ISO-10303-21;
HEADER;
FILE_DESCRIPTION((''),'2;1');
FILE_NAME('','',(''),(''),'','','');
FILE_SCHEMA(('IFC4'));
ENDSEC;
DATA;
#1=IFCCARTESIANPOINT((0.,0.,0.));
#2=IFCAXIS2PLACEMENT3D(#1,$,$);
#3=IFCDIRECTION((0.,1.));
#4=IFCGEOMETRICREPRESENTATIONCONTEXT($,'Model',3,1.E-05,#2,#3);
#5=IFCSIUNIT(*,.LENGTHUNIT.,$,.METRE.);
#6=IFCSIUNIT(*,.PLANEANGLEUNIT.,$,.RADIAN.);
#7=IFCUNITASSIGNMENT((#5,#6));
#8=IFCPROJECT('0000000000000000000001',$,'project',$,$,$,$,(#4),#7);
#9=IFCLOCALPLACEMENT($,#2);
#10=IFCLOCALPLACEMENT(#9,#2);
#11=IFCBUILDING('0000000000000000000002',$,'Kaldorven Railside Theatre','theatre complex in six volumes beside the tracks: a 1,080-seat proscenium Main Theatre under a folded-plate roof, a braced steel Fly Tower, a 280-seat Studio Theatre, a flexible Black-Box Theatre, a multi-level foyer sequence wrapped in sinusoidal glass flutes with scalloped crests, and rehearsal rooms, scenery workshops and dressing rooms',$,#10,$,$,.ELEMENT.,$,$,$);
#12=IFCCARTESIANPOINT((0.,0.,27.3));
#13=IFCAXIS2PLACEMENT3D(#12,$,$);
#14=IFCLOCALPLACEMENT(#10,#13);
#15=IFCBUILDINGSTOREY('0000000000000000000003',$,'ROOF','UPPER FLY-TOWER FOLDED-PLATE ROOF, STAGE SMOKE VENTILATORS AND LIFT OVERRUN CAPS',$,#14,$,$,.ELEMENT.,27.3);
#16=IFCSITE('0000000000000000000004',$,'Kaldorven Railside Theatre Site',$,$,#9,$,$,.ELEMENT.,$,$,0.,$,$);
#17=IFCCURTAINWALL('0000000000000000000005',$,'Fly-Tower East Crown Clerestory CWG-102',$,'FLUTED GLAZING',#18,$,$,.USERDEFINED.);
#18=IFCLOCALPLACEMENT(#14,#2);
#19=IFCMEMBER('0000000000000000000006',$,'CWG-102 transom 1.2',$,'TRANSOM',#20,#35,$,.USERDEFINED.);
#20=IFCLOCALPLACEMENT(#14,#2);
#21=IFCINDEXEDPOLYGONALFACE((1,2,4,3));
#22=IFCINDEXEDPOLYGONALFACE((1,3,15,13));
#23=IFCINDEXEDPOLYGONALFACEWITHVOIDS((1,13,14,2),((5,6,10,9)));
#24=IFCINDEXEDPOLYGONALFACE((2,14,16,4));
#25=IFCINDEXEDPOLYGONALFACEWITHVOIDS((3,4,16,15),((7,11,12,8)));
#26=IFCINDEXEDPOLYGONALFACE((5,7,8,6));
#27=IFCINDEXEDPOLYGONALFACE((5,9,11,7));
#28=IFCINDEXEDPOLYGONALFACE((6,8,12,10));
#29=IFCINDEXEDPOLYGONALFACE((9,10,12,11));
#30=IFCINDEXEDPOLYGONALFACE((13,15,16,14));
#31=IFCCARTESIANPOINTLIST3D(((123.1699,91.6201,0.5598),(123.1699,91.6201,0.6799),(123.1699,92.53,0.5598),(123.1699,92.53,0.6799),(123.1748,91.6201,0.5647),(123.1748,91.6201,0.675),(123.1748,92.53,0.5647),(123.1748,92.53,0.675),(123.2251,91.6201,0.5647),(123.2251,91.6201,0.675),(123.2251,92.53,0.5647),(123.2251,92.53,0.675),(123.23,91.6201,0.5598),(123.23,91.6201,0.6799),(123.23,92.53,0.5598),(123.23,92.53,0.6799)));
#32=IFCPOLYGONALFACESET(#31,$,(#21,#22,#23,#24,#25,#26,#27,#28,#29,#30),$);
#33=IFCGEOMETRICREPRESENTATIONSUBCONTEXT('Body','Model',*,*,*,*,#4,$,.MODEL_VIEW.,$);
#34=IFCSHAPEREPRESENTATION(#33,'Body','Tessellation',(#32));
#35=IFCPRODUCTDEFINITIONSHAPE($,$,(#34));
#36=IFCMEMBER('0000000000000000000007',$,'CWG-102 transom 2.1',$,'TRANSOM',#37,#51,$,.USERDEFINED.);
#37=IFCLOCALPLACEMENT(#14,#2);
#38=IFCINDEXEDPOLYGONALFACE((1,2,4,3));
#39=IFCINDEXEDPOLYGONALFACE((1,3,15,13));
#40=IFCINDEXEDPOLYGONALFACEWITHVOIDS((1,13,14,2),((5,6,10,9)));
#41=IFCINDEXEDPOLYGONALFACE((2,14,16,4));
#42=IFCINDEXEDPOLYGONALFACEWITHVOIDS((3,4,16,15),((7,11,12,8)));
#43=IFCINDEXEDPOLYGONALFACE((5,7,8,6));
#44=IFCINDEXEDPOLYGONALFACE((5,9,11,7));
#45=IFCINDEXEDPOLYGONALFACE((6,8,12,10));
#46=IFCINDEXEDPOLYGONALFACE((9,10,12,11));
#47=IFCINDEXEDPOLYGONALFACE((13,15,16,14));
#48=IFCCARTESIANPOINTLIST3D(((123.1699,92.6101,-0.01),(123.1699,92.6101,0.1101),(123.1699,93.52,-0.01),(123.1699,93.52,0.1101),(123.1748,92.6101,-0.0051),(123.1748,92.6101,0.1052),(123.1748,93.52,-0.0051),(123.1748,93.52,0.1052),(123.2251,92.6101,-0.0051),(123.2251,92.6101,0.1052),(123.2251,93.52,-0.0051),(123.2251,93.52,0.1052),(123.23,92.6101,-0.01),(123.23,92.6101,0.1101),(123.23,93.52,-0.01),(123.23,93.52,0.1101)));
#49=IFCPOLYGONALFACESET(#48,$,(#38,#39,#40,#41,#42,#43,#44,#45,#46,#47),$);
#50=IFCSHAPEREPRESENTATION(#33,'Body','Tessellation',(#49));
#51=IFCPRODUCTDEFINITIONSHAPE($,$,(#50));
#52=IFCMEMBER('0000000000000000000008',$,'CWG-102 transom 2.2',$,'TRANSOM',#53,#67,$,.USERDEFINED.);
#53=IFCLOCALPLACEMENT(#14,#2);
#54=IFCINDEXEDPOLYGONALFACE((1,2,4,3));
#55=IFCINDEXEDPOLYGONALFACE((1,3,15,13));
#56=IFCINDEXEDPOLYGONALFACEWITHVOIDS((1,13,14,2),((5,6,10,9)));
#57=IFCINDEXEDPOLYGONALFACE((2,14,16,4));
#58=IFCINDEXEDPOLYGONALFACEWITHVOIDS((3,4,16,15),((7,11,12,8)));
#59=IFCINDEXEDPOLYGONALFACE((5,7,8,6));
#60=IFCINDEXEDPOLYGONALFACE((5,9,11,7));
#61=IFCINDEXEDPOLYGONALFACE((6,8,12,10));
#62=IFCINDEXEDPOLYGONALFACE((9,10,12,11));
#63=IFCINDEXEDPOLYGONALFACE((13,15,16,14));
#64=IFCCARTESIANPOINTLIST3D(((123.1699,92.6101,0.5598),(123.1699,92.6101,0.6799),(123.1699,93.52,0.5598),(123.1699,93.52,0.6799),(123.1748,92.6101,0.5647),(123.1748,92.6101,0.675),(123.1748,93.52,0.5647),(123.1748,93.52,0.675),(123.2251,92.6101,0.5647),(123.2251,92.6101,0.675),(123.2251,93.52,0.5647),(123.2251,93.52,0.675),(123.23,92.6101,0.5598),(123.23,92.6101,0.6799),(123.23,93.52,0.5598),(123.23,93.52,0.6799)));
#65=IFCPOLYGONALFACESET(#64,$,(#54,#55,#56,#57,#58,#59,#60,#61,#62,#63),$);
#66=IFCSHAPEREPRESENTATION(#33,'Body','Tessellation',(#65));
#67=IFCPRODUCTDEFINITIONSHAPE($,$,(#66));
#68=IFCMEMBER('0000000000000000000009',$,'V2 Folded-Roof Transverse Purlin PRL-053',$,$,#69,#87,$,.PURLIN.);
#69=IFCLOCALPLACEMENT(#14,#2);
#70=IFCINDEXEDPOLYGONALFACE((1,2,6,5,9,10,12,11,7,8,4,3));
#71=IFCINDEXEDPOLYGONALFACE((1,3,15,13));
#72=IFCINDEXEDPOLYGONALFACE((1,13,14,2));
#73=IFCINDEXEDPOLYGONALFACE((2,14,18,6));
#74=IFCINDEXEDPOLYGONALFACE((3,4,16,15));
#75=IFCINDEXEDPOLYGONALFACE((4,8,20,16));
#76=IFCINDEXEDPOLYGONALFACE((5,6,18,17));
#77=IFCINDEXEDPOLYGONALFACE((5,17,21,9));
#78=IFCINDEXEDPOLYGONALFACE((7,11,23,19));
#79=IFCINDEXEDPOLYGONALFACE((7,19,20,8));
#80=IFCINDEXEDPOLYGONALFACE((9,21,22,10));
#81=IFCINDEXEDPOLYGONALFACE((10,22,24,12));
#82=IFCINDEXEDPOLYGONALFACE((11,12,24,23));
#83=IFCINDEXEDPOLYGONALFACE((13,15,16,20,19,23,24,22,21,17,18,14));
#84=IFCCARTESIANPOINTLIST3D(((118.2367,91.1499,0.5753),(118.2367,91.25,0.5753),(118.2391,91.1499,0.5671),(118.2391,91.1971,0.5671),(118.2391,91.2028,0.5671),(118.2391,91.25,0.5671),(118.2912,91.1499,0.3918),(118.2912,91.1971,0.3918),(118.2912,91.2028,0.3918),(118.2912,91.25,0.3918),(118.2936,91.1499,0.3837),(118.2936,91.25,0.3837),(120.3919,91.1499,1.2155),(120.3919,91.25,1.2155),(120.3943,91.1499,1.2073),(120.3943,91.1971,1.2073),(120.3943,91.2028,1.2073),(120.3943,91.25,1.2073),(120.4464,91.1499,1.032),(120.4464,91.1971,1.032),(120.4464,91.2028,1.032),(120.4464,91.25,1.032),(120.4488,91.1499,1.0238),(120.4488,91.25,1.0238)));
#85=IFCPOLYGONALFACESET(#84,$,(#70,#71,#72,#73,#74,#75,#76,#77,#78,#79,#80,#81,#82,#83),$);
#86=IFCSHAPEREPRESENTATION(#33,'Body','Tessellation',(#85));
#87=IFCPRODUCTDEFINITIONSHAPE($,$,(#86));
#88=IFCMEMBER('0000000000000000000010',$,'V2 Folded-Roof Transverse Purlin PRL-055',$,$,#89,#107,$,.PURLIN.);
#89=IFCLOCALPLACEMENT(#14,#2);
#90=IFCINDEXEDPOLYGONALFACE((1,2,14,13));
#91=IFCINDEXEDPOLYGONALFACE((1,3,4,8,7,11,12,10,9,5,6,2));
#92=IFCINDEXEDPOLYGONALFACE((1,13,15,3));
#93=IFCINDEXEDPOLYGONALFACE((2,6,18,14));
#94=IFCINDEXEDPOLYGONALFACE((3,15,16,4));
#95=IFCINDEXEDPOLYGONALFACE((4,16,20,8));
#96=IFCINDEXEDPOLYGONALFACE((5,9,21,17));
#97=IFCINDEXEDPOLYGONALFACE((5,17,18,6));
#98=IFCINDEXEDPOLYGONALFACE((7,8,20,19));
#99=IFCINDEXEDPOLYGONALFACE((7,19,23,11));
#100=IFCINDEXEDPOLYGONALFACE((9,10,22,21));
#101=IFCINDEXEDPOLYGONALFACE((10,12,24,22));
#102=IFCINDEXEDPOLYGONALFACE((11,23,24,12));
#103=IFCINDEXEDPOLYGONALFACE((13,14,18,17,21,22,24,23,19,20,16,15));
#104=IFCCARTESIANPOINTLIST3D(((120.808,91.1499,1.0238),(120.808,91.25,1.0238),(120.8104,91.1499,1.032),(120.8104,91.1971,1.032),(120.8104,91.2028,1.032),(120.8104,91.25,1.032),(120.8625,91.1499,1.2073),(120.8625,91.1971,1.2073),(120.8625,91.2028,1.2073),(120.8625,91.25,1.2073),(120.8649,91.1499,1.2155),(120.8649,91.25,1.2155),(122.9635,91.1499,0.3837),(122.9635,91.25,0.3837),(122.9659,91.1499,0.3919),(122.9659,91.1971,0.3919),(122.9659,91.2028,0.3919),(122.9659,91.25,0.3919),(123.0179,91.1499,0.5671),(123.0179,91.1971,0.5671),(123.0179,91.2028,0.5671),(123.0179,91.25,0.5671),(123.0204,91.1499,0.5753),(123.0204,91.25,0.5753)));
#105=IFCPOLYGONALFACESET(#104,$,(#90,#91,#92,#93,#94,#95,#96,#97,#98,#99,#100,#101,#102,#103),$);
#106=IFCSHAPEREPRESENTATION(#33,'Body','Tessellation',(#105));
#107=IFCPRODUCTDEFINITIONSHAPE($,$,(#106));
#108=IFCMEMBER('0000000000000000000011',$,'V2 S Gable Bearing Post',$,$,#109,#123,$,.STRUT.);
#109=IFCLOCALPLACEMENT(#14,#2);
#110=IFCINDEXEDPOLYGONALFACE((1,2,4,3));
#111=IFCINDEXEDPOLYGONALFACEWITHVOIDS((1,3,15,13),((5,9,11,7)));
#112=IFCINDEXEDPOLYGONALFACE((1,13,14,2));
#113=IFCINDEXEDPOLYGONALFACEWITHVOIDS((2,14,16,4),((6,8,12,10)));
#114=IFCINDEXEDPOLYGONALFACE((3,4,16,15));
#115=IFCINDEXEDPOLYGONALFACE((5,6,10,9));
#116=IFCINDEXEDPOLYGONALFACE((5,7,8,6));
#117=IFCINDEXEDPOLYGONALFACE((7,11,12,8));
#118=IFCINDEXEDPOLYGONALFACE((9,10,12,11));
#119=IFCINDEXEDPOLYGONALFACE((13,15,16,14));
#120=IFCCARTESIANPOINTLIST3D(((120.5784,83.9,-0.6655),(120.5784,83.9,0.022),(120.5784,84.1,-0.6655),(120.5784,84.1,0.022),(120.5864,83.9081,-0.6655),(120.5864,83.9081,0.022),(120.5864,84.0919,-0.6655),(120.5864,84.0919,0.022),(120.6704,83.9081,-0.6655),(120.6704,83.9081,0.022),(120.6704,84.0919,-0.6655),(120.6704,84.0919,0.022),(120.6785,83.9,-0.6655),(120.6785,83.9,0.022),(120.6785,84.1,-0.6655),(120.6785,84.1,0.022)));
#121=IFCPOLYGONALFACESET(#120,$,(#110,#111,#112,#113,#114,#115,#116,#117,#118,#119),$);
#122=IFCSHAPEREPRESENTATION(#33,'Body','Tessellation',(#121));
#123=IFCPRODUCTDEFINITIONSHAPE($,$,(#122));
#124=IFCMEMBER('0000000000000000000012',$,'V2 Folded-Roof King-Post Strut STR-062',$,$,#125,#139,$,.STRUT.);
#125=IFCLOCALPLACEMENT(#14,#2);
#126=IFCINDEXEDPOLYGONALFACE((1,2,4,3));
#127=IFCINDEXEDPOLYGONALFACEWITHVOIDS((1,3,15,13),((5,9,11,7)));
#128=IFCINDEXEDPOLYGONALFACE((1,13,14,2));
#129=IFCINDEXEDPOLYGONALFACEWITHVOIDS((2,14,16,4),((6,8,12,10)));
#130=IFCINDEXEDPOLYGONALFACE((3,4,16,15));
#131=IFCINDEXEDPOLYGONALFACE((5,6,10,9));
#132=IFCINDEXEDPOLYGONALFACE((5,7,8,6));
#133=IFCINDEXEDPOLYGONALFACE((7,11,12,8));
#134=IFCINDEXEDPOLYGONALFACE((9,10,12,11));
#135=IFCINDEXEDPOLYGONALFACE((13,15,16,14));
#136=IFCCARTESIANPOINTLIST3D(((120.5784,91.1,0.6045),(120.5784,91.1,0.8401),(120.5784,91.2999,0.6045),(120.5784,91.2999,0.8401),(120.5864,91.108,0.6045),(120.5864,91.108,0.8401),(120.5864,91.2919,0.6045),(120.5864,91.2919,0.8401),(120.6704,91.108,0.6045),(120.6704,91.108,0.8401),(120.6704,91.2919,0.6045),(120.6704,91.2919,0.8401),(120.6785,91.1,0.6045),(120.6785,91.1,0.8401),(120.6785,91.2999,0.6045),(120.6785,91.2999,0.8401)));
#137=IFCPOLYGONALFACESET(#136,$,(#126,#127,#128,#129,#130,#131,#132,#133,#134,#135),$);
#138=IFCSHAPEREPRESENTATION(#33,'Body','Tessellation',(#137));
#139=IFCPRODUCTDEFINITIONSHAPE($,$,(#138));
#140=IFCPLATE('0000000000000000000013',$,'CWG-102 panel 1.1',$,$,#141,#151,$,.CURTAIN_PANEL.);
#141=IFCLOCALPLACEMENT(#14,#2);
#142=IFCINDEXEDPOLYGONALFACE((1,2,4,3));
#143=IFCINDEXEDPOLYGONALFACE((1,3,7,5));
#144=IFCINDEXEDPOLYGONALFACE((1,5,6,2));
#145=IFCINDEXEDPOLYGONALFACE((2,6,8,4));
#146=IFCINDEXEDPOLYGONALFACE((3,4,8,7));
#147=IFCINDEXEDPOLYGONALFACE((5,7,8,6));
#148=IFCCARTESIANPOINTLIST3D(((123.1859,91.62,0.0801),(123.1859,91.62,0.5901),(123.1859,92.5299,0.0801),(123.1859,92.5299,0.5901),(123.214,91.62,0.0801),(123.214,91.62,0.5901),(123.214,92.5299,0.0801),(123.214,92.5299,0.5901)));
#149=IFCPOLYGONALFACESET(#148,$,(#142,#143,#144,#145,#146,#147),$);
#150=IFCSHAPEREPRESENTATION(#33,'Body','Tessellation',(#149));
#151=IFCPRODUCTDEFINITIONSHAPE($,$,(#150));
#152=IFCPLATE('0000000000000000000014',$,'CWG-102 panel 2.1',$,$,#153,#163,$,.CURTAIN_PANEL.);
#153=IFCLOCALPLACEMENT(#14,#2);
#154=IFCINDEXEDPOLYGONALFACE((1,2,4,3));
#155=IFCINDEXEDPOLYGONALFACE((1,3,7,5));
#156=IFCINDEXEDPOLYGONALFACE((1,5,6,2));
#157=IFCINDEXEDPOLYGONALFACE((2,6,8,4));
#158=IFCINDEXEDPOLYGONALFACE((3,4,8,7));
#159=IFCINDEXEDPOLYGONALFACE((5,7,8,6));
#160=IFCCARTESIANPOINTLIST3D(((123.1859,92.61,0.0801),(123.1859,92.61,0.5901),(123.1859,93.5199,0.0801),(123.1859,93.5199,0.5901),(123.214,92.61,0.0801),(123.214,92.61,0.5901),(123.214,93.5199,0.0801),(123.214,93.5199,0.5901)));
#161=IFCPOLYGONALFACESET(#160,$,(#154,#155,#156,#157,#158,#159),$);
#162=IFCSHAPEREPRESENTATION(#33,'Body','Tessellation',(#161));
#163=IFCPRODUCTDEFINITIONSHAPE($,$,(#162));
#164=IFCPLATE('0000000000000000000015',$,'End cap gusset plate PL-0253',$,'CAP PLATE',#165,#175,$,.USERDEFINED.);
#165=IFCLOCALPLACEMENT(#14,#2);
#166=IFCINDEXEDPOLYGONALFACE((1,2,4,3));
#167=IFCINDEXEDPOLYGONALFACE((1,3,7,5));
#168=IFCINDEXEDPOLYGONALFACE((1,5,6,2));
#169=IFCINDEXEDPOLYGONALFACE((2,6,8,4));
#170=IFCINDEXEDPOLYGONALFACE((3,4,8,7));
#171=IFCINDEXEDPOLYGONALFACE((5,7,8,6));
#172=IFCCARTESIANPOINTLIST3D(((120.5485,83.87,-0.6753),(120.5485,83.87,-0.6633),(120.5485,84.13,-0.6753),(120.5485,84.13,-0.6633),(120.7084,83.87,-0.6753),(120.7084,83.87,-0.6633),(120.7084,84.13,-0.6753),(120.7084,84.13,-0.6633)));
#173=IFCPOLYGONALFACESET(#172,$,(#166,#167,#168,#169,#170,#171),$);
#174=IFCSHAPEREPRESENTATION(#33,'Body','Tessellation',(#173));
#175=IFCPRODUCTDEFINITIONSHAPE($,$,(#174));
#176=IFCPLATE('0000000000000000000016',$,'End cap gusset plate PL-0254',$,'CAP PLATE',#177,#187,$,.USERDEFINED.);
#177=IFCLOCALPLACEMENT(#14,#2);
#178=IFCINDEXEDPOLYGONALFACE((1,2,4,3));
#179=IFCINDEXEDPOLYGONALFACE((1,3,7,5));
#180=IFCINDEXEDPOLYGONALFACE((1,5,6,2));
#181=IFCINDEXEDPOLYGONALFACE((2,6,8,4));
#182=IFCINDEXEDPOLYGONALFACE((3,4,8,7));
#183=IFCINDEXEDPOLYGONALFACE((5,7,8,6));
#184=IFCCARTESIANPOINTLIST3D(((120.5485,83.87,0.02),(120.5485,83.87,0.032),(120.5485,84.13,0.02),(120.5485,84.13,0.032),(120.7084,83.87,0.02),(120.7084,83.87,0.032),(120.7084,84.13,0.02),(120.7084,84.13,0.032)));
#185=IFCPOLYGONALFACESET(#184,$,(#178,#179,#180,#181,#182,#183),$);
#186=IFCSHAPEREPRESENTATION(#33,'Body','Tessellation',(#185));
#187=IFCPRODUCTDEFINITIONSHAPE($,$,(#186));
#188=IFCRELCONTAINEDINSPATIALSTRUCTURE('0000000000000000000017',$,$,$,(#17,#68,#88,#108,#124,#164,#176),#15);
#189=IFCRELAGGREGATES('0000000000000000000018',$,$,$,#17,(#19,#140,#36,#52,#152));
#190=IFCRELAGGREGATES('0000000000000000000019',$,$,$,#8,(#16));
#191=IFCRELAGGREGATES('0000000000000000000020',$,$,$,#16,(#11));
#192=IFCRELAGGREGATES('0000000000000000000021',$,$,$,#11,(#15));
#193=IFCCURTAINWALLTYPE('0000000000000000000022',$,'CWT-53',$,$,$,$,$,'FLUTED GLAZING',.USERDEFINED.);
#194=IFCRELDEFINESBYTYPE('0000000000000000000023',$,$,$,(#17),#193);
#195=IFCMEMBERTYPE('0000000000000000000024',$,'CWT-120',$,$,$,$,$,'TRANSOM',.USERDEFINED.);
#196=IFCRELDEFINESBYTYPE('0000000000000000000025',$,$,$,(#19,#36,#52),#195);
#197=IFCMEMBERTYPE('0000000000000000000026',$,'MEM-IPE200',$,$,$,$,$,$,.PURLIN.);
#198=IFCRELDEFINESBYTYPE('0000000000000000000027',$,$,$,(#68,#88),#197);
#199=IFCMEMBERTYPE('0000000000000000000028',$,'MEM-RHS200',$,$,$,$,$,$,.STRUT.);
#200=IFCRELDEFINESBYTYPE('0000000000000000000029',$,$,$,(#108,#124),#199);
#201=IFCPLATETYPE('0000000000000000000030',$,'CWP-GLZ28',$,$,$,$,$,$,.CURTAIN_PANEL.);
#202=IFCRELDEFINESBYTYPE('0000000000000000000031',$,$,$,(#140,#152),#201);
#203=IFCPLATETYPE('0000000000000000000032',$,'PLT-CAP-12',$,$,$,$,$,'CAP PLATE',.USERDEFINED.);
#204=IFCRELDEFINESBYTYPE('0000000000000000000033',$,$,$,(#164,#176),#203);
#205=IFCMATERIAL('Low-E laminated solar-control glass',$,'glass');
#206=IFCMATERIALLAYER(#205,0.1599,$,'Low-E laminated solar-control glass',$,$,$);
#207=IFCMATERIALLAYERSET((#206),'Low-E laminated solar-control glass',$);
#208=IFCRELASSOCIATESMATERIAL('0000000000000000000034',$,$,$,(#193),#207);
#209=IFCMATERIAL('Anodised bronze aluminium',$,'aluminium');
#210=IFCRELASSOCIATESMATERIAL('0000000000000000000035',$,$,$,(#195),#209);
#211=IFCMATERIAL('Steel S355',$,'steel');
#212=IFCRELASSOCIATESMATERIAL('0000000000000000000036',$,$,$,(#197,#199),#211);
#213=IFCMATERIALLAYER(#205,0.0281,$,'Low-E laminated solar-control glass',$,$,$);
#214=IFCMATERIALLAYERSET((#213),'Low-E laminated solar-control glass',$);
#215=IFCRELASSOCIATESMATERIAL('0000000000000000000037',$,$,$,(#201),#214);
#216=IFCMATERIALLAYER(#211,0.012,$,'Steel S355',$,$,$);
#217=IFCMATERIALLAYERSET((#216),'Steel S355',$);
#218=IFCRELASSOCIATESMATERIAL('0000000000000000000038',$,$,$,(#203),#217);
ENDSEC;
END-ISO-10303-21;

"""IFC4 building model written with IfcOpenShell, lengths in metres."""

from ifc_helpers import new_model, si_unit, direction, frame, origin, origin_2d, place, context, subcontext, project, spatial, rectangle, hollow_rectangle, i_section, extrude, material, layer, layer_set, material_profile, profile_set, type_object, element, aggregate, save


model = new_model("IFC4")

# Units and contexts
model_context = context("Model", 3, precision=1e-05, world=origin(), true_north=direction((0.0, 1.0)))
body_context = subcontext(model_context, "Body", "Model", "MODEL_VIEW")
ifc_project = project(units=[si_unit("LENGTHUNIT", "METRE"), si_unit("PLANEANGLEUNIT", "RADIAN")], contexts=[model_context])

# Site, building, storey
site_placement = place(None, origin())
site = spatial("IfcSite", under=ifc_project, at=site_placement, Name="Kaldorven Railside Theatre Site", CompositionType="ELEMENT", RefElevation=0.0)
building_placement = place(site_placement, origin())
building = spatial("IfcBuilding", under=site, at=building_placement, Name="Kaldorven Railside Theatre", Description="theatre complex in six volumes beside the tracks: a 1,080-seat proscenium Main Theatre under a folded-plate roof, a braced steel Fly Tower, a 280-seat Studio Theatre, a flexible Black-Box Theatre, a multi-level foyer sequence wrapped in sinusoidal glass flutes with scalloped crests, and rehearsal rooms, scenery workshops and dressing rooms", CompositionType="ELEMENT")
storey_placement = place(building_placement, frame((0.0, 0.0, 27.3)))
storey = spatial("IfcBuildingStorey", under=building, at=storey_placement, Name="ROOF", Description="UPPER FLY-TOWER FOLDED-PLATE ROOF, STAGE SMOKE VENTILATORS AND LIFT OVERRUN CAPS", CompositionType="ELEMENT", Elevation=27.3)

# Shared definitions
ifc_material_1 = material(Name="Steel S355", Category="steel")

# Curtain wall
ifc_material_2 = material(Name="Low-E laminated solar-control glass", Category="glass")
ifc_layer_1 = layer(ifc_material_2, 0.1599, Name="Low-E laminated solar-control glass")
ifc_layer_set_1 = layer_set([ifc_layer_1], Name="Low-E laminated solar-control glass")
curtain_wall_type_1 = type_object("IfcCurtainWallType", Name="CWT-53", ElementType="FLUTED GLAZING", PredefinedType="USERDEFINED", material=ifc_layer_set_1)
curtain_wall_1_placement = place(storey_placement, origin())
curtain_wall_1 = element("IfcCurtainWall", 1, at=curtain_wall_1_placement, inside=storey, type_object=curtain_wall_type_1, Name="Fly-Tower East Crown Clerestory CWG-102", ObjectType="FLUTED GLAZING", PredefinedType="USERDEFINED")
ifc_material_3 = material(Name="Anodised bronze aluminium", Category="aluminium")

# Members
ifc_material_profile_1 = material_profile(ifc_material_3, hollow_rectangle(XDim=0.0601, YDim=0.1201, WallThickness=0.0049, at=origin_2d()), Name="RHS 120x60x5")
ifc_profile_set_1 = profile_set([ifc_material_profile_1], Name="Anodised bronze aluminium")
member_type_1 = type_object("IfcMemberType", Name="CWT-120", ElementType="TRANSOM", PredefinedType="USERDEFINED", material=ifc_profile_set_1)
member_1_placement = place(storey_placement, frame((123.2, 91.6201, 0.6199), z_axis=(0.0, 1.0, 0.0), x_axis=(-1.0, 0.0, 0.0)))
member_1 = element("IfcMember", 2, at=member_1_placement, type_object=member_type_1, Name="CWG-102 transom 1.2", ObjectType="TRANSOM", PredefinedType="USERDEFINED", context=body_context, shape_type="SweptSolid", body=[
    extrude(hollow_rectangle(XDim=0.0601, YDim=0.1201, WallThickness=0.0049, at=origin_2d()), origin(), (0.0, 0.0, 1.0), 0.9099),
])
member_2_placement = place(storey_placement, frame((123.2, 92.6101, 0.05), z_axis=(0.0, 1.0, 0.0), x_axis=(-1.0, 0.0, 0.0)))
member_2 = element("IfcMember", 3, at=member_2_placement, type_object=member_type_1, Name="CWG-102 transom 2.1", ObjectType="TRANSOM", PredefinedType="USERDEFINED", context=body_context, shape_type="SweptSolid", body=[
    extrude(hollow_rectangle(XDim=0.0601, YDim=0.1201, WallThickness=0.0049, at=origin_2d()), origin(), (0.0, 0.0, 1.0), 0.9099),
])
member_3_placement = place(storey_placement, frame((123.2, 92.6101, 0.6199), z_axis=(0.0, 1.0, 0.0), x_axis=(-1.0, 0.0, 0.0)))
member_3 = element("IfcMember", 4, at=member_3_placement, type_object=member_type_1, Name="CWG-102 transom 2.2", ObjectType="TRANSOM", PredefinedType="USERDEFINED", context=body_context, shape_type="SweptSolid", body=[
    extrude(hollow_rectangle(XDim=0.0601, YDim=0.1201, WallThickness=0.0049, at=origin_2d()), origin(), (0.0, 0.0, 1.0), 0.9099),
])

# Members
ifc_material_profile_2 = material_profile(ifc_material_1, i_section(OverallWidth=0.1001, OverallDepth=0.2, WebThickness=0.0056, FlangeThickness=0.0085, at=origin_2d()), Name="IPE 200")
ifc_profile_set_2 = profile_set([ifc_material_profile_2], Name="Steel S355")
member_type_2 = type_object("IfcMemberType", Name="MEM-IPE200", PredefinedType="PURLIN", material=ifc_profile_set_2)
member_4_placement = place(storey_placement, frame((118.2651, 91.2, 0.4795), z_axis=(0.958612, 0.0, 0.284717), x_axis=(0.0, 1.0, 0.0)))
element("IfcMember", 5, at=member_4_placement, inside=storey, type_object=member_type_2, Name="V2 Folded-Roof Transverse Purlin PRL-053", PredefinedType="PURLIN", context=body_context, shape_type="SweptSolid", body=[
    extrude(i_section(OverallWidth=0.1001, OverallDepth=0.2, WebThickness=0.0056, FlangeThickness=0.0085, at=origin_2d()), origin(), (0.0, 0.0, 1.0), 2.2483),
])
member_5_placement = place(storey_placement, frame((120.8364, 91.2, 1.1196), z_axis=(0.95862, 0.0, -0.284687), x_axis=(0.0, 1.0, 0.0)))
element("IfcMember", 6, at=member_5_placement, inside=storey, type_object=member_type_2, Name="V2 Folded-Roof Transverse Purlin PRL-055", PredefinedType="PURLIN", context=body_context, shape_type="SweptSolid", body=[
    extrude(i_section(OverallWidth=0.1001, OverallDepth=0.2, WebThickness=0.0056, FlangeThickness=0.0085, at=origin_2d()), origin(), (0.0, 0.0, 1.0), 2.2485),
])
ifc_material_profile_3 = material_profile(ifc_material_1, hollow_rectangle(XDim=0.1001, YDim=0.2, WallThickness=0.0081, at=origin_2d()), Name="RHS 200x100x8")
ifc_profile_set_3 = profile_set([ifc_material_profile_3], Name="Steel S355")
member_type_3 = type_object("IfcMemberType", Name="MEM-RHS200", PredefinedType="STRUT", material=ifc_profile_set_3)
member_6_placement = place(storey_placement, frame((120.6284, 84.0, -0.6655), z_axis=(0.0, 0.0, 1.0), x_axis=(1.0, 0.0, 0.0)))
element("IfcMember", 7, at=member_6_placement, inside=storey, type_object=member_type_3, Name="V2 S Gable Bearing Post", PredefinedType="STRUT", context=body_context, shape_type="SweptSolid", body=[
    extrude(hollow_rectangle(XDim=0.1001, YDim=0.2, WallThickness=0.0081, at=origin_2d()), origin(), (0.0, 0.0, 1.0), 0.6875),
])
member_7_placement = place(storey_placement, frame((120.6284, 91.2, 0.6045), z_axis=(0.0, 0.0, 1.0), x_axis=(1.0, 0.0, 0.0)))
element("IfcMember", 8, at=member_7_placement, inside=storey, type_object=member_type_3, Name="V2 Folded-Roof King-Post Strut STR-062", PredefinedType="STRUT", context=body_context, shape_type="SweptSolid", body=[
    extrude(hollow_rectangle(XDim=0.1001, YDim=0.2, WallThickness=0.0081, at=origin_2d()), origin(), (0.0, 0.0, 1.0), 0.2356),
])

# Plates
ifc_layer_2 = layer(ifc_material_2, 0.0281, Name="Low-E laminated solar-control glass")
ifc_layer_set_2 = layer_set([ifc_layer_2], Name="Low-E laminated solar-control glass")
plate_type_1 = type_object("IfcPlateType", Name="CWP-GLZ28", PredefinedType="CURTAIN_PANEL", material=ifc_layer_set_2)
plate_1_placement = place(storey_placement, frame((123.2, 92.075, 0.0801), z_axis=(0.0, 0.0, 1.0), x_axis=(0.0, 1.0, 0.0)))
plate_1 = element("IfcPlate", 9, at=plate_1_placement, type_object=plate_type_1, Name="CWG-102 panel 1.1", PredefinedType="CURTAIN_PANEL", context=body_context, shape_type="SweptSolid", body=[
    extrude(rectangle(XDim=0.9099, YDim=0.0281, at=origin_2d()), origin(), (0.0, 0.0, 1.0), 0.51),
])
plate_2_placement = place(storey_placement, frame((123.2, 93.0649, 0.0801), z_axis=(0.0, 0.0, 1.0), x_axis=(0.0, 1.0, 0.0)))
plate_2 = element("IfcPlate", 10, at=plate_2_placement, type_object=plate_type_1, Name="CWG-102 panel 2.1", PredefinedType="CURTAIN_PANEL", context=body_context, shape_type="SweptSolid", body=[
    extrude(rectangle(XDim=0.9099, YDim=0.0281, at=origin_2d()), origin(), (0.0, 0.0, 1.0), 0.51),
])
aggregate(curtain_wall_1, [member_1, plate_1, member_2, member_3, plate_2])

# Plates
ifc_layer_3 = layer(ifc_material_1, 0.012, Name="Steel S355")
ifc_layer_set_3 = layer_set([ifc_layer_3], Name="Steel S355")
plate_type_2 = type_object("IfcPlateType", Name="PLT-CAP-12", ElementType="CAP PLATE", PredefinedType="USERDEFINED", material=ifc_layer_set_3)
for number, where, z_axis, x_axis, name in (
    (11, (120.6284, 84.0, -0.6753), (0.0, 0.0, 1.0), (1.0, 0.0, 0.0), "End cap gusset plate PL-0253"),
    (12, (120.6284, 84.0, 0.02), (0.0, 0.0, 1.0), (1.0, 0.0, 0.0), "End cap gusset plate PL-0254"),
):
    element("IfcPlate", number, at=place(storey_placement, frame(where, z_axis=z_axis, x_axis=x_axis)), inside=storey, type_object=plate_type_2, Name=name, ObjectType="CAP PLATE", PredefinedType="USERDEFINED", context=body_context, shape_type="SweptSolid", body=[
        extrude(rectangle(XDim=0.1599, YDim=0.26, at=origin_2d()), origin(), (0.0, 0.0, 1.0), 0.012),
    ])

save(model, "model.ifc")
